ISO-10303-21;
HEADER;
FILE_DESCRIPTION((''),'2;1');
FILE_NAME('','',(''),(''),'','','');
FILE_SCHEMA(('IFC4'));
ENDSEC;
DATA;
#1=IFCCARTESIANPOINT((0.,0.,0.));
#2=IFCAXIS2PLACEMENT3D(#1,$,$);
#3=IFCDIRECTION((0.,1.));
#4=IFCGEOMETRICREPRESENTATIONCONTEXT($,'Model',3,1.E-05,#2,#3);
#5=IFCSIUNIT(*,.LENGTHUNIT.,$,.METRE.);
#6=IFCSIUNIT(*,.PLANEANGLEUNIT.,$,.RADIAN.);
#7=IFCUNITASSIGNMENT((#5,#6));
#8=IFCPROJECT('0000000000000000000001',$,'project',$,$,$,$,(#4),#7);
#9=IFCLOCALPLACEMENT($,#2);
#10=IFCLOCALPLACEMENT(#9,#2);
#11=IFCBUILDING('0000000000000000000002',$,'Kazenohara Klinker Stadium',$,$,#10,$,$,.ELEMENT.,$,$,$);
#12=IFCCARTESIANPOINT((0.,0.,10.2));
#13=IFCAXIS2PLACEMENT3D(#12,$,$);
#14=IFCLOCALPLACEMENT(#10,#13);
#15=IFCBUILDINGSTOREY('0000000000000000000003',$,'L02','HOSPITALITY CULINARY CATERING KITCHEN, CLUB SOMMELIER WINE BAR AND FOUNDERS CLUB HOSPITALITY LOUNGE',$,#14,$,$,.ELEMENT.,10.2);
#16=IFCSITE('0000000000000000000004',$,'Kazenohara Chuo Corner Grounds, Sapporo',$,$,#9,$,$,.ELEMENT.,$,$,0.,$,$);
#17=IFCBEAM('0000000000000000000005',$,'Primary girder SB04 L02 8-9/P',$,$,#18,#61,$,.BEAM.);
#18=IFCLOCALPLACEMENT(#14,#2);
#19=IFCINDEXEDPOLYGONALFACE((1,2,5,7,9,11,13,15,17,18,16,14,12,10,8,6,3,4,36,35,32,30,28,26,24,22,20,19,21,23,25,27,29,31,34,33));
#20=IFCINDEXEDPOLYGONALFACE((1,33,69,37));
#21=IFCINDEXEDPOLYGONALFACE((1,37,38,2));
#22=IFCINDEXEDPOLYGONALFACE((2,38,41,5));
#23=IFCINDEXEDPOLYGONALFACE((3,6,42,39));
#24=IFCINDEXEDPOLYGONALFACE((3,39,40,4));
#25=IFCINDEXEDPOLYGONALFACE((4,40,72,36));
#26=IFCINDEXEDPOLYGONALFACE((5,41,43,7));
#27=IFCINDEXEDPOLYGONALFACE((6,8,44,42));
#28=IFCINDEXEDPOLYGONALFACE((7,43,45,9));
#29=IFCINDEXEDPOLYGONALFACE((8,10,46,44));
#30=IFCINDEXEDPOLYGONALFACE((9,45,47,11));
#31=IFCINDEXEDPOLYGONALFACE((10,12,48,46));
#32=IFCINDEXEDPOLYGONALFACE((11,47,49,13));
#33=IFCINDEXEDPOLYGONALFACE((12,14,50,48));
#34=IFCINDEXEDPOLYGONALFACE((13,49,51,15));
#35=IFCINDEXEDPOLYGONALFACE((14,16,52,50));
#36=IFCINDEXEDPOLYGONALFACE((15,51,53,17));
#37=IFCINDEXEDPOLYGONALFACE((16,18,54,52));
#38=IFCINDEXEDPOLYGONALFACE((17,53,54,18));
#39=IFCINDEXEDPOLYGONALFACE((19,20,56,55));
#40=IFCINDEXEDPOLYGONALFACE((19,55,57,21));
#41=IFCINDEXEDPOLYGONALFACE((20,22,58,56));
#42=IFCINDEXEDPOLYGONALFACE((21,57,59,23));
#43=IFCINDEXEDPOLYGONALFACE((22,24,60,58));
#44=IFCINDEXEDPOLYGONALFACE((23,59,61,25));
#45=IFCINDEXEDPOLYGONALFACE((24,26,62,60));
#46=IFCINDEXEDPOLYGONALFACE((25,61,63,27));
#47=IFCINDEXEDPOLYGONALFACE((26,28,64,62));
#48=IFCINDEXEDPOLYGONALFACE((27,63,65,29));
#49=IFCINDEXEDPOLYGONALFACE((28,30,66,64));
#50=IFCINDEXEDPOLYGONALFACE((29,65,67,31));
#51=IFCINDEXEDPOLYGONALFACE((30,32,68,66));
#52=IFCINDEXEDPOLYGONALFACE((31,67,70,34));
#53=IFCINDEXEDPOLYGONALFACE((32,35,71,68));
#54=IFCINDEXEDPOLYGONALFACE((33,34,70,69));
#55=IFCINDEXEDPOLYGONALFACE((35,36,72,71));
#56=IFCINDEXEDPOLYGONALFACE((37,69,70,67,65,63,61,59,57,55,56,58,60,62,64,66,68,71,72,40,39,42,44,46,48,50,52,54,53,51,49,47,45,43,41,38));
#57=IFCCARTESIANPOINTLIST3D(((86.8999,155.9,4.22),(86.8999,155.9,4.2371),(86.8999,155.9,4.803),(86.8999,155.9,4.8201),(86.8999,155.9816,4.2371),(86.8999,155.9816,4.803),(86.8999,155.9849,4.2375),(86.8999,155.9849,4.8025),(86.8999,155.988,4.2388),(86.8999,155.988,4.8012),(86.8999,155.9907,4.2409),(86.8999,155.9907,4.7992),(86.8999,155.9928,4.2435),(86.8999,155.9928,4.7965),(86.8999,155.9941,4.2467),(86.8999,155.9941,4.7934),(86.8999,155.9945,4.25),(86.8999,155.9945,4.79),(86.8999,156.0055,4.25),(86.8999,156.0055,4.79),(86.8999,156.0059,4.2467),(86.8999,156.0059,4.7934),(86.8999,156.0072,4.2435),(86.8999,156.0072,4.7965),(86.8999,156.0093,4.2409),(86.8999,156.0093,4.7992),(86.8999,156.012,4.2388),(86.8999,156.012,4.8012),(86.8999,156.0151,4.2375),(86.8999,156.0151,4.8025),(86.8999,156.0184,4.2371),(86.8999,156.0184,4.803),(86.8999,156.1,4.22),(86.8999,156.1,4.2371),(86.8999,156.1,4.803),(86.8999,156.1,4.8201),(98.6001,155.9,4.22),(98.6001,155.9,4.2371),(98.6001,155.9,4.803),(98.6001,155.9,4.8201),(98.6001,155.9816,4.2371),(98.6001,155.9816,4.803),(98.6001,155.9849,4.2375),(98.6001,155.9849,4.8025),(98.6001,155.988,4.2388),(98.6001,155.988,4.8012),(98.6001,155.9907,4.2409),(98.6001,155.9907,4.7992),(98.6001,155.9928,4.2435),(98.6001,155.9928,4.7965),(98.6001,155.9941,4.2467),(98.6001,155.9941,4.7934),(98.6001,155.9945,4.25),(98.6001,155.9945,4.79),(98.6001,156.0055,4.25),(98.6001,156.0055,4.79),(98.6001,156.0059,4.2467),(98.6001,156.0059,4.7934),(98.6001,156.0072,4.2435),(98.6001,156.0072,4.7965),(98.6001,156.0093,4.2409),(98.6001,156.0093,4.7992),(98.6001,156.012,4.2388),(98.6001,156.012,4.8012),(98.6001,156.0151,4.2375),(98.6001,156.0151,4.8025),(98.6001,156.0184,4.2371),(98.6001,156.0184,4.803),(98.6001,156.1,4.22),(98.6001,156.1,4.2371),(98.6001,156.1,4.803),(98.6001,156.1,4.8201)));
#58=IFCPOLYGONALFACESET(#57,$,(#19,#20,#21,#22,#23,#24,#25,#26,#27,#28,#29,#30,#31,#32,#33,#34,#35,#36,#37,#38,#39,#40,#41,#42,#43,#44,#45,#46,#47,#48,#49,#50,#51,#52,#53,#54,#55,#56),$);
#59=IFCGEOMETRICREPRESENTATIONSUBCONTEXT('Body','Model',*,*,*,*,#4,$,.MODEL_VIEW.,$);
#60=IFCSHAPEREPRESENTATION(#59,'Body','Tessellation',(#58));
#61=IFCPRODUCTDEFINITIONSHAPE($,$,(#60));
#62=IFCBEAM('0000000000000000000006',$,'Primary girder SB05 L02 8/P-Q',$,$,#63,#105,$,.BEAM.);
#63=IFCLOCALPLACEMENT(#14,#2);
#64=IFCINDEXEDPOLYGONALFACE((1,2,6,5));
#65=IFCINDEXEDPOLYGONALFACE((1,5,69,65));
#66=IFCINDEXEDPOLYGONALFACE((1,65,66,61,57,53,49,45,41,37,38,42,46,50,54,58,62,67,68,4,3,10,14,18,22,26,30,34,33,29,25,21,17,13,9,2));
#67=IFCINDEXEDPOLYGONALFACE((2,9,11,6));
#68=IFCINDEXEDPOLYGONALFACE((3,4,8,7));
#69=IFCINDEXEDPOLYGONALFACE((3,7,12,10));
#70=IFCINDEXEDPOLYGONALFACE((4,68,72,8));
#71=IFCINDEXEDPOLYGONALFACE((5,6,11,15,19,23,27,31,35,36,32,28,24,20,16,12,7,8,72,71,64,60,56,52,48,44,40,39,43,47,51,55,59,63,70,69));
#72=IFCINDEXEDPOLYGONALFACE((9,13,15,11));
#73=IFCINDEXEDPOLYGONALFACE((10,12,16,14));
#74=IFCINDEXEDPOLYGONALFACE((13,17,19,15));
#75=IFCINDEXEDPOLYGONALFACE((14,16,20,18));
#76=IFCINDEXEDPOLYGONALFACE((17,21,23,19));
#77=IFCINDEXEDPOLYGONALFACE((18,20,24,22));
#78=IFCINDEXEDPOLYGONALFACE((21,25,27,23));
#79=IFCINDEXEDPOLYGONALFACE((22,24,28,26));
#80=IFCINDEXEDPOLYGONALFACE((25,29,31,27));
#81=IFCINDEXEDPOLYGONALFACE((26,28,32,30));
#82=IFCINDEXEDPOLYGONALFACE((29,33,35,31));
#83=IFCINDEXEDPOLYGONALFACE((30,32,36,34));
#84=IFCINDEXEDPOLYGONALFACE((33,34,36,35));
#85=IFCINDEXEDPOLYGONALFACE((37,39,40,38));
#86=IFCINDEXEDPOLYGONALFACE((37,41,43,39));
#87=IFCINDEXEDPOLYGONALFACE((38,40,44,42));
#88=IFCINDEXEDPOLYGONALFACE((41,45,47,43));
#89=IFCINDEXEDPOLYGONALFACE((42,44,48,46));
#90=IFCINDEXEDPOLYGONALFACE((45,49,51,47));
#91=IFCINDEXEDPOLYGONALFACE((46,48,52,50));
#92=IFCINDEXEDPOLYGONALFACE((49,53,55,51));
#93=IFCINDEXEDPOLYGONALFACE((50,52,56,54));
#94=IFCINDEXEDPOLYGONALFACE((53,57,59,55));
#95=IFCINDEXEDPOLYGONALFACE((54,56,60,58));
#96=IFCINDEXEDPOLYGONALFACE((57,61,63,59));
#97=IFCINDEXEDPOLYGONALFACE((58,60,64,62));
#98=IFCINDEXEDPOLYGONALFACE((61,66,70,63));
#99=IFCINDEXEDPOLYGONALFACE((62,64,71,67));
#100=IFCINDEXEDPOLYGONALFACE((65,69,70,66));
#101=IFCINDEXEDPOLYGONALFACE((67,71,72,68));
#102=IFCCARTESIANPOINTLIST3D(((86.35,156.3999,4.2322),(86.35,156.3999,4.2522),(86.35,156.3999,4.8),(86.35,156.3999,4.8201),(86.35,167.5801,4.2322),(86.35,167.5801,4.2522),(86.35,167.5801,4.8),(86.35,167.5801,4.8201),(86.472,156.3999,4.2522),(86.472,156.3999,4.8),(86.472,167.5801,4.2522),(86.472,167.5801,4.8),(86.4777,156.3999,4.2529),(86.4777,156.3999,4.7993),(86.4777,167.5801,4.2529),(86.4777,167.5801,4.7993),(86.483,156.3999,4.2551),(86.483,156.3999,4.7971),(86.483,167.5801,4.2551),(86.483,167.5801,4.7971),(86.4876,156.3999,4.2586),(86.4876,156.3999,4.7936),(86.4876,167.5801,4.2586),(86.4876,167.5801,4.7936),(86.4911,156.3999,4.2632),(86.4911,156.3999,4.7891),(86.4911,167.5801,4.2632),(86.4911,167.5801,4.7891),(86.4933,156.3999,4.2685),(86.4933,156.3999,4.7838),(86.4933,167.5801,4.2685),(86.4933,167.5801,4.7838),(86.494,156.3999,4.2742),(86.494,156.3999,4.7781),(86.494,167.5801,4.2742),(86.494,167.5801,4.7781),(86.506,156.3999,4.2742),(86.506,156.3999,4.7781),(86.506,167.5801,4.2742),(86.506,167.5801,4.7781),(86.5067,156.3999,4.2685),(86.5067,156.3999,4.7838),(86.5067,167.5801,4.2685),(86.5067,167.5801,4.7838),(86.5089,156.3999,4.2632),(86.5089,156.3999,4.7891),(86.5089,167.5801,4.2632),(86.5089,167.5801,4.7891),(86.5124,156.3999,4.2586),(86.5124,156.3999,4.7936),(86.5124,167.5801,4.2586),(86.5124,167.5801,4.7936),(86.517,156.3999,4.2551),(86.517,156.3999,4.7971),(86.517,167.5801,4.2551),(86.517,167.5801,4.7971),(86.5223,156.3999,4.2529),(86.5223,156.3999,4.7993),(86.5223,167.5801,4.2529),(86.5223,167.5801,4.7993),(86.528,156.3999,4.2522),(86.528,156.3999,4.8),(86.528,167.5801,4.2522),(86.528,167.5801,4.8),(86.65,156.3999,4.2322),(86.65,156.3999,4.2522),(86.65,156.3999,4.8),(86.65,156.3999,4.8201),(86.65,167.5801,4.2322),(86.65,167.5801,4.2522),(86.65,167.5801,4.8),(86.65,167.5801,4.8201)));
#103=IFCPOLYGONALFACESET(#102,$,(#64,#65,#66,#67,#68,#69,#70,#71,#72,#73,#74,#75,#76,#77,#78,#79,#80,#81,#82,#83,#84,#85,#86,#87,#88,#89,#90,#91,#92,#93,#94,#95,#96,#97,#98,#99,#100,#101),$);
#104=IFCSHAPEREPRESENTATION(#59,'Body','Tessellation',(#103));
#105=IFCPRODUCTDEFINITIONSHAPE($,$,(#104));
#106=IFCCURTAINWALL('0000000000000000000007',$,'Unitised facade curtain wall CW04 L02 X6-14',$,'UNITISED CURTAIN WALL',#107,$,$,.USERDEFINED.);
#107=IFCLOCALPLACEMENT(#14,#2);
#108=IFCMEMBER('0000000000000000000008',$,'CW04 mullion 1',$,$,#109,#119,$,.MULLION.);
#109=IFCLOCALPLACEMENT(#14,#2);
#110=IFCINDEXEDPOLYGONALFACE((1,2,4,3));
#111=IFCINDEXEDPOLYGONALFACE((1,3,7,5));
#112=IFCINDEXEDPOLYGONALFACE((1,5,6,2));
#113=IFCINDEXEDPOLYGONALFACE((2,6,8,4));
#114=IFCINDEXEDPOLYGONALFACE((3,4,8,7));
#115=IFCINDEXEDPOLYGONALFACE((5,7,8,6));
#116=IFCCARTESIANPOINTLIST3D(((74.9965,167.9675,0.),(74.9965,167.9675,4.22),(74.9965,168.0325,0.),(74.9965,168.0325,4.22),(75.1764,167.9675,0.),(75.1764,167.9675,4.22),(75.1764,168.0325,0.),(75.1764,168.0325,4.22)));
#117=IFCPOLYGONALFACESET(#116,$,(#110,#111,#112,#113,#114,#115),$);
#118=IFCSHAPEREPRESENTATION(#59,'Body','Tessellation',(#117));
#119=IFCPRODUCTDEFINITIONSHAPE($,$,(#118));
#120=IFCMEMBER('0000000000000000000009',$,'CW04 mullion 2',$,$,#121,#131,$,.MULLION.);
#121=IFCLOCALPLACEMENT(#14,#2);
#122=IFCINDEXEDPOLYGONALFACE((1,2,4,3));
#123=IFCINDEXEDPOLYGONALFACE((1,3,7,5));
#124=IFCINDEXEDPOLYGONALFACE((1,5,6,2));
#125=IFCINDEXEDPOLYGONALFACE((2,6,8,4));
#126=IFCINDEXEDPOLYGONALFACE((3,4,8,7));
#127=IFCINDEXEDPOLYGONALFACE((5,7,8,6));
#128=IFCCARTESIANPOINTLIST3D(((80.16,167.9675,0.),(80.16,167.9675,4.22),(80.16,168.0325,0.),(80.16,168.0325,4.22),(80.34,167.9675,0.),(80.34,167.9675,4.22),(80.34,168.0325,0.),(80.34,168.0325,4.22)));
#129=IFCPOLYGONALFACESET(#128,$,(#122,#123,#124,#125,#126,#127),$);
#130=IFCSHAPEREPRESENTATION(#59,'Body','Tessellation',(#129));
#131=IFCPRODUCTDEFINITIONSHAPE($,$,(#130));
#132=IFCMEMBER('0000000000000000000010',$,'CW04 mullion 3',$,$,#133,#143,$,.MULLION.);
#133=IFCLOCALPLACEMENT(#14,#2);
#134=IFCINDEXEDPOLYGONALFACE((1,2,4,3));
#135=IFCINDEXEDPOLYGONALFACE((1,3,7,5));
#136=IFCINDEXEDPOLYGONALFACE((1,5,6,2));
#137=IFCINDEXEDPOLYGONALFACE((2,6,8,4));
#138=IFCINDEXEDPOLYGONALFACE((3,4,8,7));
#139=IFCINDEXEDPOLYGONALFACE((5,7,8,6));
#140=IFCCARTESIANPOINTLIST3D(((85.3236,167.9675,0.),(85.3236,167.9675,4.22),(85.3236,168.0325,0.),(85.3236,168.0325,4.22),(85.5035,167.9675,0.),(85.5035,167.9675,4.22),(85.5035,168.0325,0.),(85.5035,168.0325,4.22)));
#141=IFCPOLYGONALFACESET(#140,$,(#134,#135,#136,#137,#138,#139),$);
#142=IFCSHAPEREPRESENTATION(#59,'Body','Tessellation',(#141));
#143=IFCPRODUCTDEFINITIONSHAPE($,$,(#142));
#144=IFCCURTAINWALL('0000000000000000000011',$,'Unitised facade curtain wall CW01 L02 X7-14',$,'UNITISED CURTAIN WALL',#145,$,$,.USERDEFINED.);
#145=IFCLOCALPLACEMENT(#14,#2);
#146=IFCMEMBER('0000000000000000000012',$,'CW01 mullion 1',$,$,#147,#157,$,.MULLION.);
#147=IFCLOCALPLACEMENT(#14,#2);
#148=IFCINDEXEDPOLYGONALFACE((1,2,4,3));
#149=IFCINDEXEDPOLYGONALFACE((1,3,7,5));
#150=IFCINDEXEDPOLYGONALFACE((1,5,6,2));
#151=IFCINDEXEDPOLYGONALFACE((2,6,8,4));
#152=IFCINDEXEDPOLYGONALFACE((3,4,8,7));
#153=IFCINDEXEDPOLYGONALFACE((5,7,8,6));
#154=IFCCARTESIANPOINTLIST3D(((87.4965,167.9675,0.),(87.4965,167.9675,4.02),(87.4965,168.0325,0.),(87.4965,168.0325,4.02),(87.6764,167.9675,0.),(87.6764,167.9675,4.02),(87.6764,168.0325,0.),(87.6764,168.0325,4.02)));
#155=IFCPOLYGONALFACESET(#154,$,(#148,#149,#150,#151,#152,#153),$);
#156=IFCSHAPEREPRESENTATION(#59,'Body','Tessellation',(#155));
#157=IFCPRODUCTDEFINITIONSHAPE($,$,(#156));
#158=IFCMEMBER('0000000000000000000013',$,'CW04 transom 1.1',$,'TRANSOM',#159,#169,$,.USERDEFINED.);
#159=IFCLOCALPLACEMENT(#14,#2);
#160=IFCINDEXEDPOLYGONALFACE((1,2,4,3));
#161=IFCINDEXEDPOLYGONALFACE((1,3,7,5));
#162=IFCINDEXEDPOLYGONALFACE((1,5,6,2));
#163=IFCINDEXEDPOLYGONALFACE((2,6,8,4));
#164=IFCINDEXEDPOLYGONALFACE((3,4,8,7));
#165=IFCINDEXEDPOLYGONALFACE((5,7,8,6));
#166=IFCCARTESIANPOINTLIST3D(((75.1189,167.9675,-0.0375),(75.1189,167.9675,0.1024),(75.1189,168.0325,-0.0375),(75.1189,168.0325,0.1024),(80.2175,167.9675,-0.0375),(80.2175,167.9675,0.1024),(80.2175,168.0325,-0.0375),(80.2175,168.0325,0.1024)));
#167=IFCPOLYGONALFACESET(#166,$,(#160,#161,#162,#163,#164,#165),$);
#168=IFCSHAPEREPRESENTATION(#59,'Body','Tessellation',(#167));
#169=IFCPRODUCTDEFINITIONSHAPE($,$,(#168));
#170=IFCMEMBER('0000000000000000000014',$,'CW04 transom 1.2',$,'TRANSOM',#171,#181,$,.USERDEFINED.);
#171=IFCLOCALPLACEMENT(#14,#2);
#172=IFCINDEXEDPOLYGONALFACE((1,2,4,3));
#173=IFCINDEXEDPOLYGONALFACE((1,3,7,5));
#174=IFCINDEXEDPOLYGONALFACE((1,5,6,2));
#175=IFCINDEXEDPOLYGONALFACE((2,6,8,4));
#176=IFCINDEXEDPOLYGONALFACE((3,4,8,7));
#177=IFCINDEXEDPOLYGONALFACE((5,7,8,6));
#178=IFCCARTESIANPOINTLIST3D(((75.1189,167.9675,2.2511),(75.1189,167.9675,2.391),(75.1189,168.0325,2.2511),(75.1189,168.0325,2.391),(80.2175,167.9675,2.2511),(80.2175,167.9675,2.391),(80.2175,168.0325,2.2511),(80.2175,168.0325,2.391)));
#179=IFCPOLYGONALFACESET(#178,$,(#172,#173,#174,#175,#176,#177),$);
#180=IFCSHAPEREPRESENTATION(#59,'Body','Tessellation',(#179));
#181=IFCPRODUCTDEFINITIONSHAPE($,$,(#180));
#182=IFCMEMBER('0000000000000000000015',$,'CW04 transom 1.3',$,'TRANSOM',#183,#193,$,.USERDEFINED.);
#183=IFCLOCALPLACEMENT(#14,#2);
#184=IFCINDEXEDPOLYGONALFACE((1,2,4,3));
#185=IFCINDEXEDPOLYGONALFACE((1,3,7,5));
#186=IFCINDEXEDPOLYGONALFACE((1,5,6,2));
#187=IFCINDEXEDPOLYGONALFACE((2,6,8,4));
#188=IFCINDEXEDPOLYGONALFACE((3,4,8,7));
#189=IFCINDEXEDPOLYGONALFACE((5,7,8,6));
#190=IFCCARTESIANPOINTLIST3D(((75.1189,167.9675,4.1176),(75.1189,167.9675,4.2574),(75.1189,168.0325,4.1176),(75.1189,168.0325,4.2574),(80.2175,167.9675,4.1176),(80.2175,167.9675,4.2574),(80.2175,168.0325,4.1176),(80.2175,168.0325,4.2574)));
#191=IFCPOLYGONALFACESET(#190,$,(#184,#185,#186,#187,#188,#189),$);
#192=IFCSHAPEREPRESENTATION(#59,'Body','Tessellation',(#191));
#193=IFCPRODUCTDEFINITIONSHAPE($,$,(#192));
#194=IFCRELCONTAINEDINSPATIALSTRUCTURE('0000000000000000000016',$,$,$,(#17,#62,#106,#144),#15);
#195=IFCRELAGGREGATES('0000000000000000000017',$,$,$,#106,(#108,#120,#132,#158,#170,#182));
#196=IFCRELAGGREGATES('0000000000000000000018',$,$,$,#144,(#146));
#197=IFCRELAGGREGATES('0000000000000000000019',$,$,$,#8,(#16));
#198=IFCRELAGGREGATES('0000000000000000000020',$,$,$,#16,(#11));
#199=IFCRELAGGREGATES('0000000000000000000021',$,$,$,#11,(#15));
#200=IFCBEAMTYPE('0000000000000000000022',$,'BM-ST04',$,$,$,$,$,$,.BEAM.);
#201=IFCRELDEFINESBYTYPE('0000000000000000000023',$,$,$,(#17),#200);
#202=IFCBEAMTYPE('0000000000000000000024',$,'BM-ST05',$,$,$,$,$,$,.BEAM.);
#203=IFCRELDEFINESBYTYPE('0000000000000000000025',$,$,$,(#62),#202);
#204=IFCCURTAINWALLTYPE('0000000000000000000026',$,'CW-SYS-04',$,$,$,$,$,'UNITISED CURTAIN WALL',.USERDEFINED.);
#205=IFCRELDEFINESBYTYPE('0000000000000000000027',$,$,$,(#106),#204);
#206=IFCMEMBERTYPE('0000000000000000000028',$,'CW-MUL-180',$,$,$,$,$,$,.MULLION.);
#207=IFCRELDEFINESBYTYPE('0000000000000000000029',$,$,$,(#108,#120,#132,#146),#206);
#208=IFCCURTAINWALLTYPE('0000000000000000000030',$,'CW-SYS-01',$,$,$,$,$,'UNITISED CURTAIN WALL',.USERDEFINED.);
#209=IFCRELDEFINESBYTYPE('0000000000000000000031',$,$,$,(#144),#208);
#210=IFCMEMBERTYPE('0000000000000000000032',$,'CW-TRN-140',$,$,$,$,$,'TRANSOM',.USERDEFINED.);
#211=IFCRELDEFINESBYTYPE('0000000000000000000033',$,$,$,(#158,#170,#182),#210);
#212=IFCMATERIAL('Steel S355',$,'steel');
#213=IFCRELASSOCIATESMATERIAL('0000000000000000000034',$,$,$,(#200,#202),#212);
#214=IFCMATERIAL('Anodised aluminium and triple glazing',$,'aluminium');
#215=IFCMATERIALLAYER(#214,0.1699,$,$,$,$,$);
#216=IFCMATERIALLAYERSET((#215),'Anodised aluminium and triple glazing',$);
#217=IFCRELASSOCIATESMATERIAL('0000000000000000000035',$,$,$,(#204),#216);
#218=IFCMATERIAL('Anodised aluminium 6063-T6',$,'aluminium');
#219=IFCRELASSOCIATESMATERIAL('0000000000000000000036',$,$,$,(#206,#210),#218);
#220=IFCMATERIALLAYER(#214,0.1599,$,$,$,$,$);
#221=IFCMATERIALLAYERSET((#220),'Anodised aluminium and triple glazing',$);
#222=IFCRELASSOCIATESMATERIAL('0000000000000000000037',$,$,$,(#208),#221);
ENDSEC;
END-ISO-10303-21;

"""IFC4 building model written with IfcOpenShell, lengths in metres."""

from ifc_helpers import new_model, si_unit, direction, frame, origin, origin_2d, place, context, subcontext, project, spatial, rectangle, i_section, extrude, material, layer, layer_set, material_profile, profile_set, type_object, element, aggregate, save


model = new_model("IFC4")

# Units and contexts
model_context = context("Model", 3, precision=1e-05, world=origin(), true_north=direction((0.0, 1.0)))
body_context = subcontext(model_context, "Body", "Model", "MODEL_VIEW")
ifc_project = project(units=[si_unit("LENGTHUNIT", "METRE"), si_unit("PLANEANGLEUNIT", "RADIAN")], contexts=[model_context])

# Site, building, storey
site_placement = place(None, origin())
site = spatial("IfcSite", under=ifc_project, at=site_placement, Name="Kazenohara Chuo Corner Grounds, Sapporo", CompositionType="ELEMENT", RefElevation=0.0)
building_placement = place(site_placement, origin())
building = spatial("IfcBuilding", under=site, at=building_placement, Name="Kazenohara Klinker Stadium", CompositionType="ELEMENT")
storey_placement = place(building_placement, frame((0.0, 0.0, 10.2)))
storey = spatial("IfcBuildingStorey", under=building, at=storey_placement, Name="L02", Description="HOSPITALITY CULINARY CATERING KITCHEN, CLUB SOMMELIER WINE BAR AND FOUNDERS CLUB HOSPITALITY LOUNGE", CompositionType="ELEMENT", Elevation=10.2)

# Beams
ifc_material_1 = material(Name="Steel S355", Category="steel")
ifc_material_profile_1 = material_profile(ifc_material_1, i_section(OverallWidth=0.2, OverallDepth=0.6001, WebThickness=0.011, FlangeThickness=0.0171, FilletRadius=0.0129, at=origin_2d()), Name="H-600x200x11x17")
ifc_profile_set_1 = profile_set([ifc_material_profile_1], Name="Steel S355")
beam_type_1 = type_object("IfcBeamType", Name="BM-ST04", PredefinedType="BEAM", material=ifc_profile_set_1)
for number, where, z_axis, x_axis, name in (
    (1, (86.8999, 156.0, 4.52), (1.0, 0.0, 0.0), (0.0, 1.0, 0.0), "Primary girder SB04 L02 8-9/P"),
):
    element("IfcBeam", number, at=place(storey_placement, frame(where, z_axis=z_axis, x_axis=x_axis)), inside=storey, type_object=beam_type_1, Name=name, PredefinedType="BEAM", context=body_context, shape_type="SweptSolid", body=[
        extrude(i_section(OverallWidth=0.2, OverallDepth=0.6001, WebThickness=0.011, FlangeThickness=0.0171, FilletRadius=0.0129, at=origin_2d()), origin(), (0.0, 0.0, 1.0), 11.7002),
    ])
ifc_material_profile_2 = material_profile(ifc_material_1, i_section(OverallWidth=0.3, OverallDepth=0.5879, WebThickness=0.012, FlangeThickness=0.02, FilletRadius=0.022, at=origin_2d()), Name="H-588x300x12x20")
ifc_profile_set_2 = profile_set([ifc_material_profile_2], Name="Steel S355")
beam_type_2 = type_object("IfcBeamType", Name="BM-ST05", PredefinedType="BEAM", material=ifc_profile_set_2)
beam_1_placement = place(storey_placement, frame((86.5, 156.3999, 4.5261), z_axis=(0.0, 1.0, 0.0), x_axis=(-1.0, 0.0, 0.0)))
element("IfcBeam", 2, at=beam_1_placement, inside=storey, type_object=beam_type_2, Name="Primary girder SB05 L02 8/P-Q", PredefinedType="BEAM", context=body_context, shape_type="SweptSolid", body=[
    extrude(i_section(OverallWidth=0.3, OverallDepth=0.5879, WebThickness=0.012, FlangeThickness=0.02, FilletRadius=0.022, at=origin_2d()), origin(), (0.0, 0.0, 1.0), 11.1802),
])

# Curtain wall, members
ifc_material_2 = material(Name="Anodised aluminium and triple glazing", Category="aluminium")
ifc_layer_1 = layer(ifc_material_2, 0.1699)
ifc_layer_set_1 = layer_set([ifc_layer_1], Name="Anodised aluminium and triple glazing")
curtain_wall_type_1 = type_object("IfcCurtainWallType", Name="CW-SYS-04", ElementType="UNITISED CURTAIN WALL", PredefinedType="USERDEFINED", material=ifc_layer_set_1)
curtain_wall_1_placement = place(storey_placement, origin())
curtain_wall_1 = element("IfcCurtainWall", 3, at=curtain_wall_1_placement, inside=storey, type_object=curtain_wall_type_1, Name="Unitised facade curtain wall CW04 L02 X6-14", ObjectType="UNITISED CURTAIN WALL", PredefinedType="USERDEFINED")
ifc_material_3 = material(Name="Anodised aluminium 6063-T6", Category="aluminium")
ifc_material_profile_3 = material_profile(ifc_material_3, rectangle(XDim=0.0649, YDim=0.1799, at=origin_2d()), Name="ALU-MUL-65x180")
ifc_profile_set_3 = profile_set([ifc_material_profile_3], Name="Anodised aluminium 6063-T6")
member_type_1 = type_object("IfcMemberType", Name="CW-MUL-180", PredefinedType="MULLION", material=ifc_profile_set_3)
member_1_placement = place(storey_placement, frame((75.0864, 168.0, 0.0), z_axis=(0.0, 0.0, 1.0), x_axis=(0.0, 1.0, 0.0)))
member_1 = element("IfcMember", 4, at=member_1_placement, type_object=member_type_1, Name="CW04 mullion 1", PredefinedType="MULLION", context=body_context, shape_type="SweptSolid", body=[
    extrude(rectangle(XDim=0.0649, YDim=0.1799, at=origin_2d()), origin(), (0.0, 0.0, 1.0), 4.22),
])
member_2_placement = place(storey_placement, frame((80.25, 168.0, 0.0), z_axis=(0.0, 0.0, 1.0), x_axis=(0.0, 1.0, 0.0)))
member_2 = element("IfcMember", 5, at=member_2_placement, type_object=member_type_1, Name="CW04 mullion 2", PredefinedType="MULLION", context=body_context, shape_type="SweptSolid", body=[
    extrude(rectangle(XDim=0.0649, YDim=0.1799, at=origin_2d()), origin(), (0.0, 0.0, 1.0), 4.22),
])
member_3_placement = place(storey_placement, frame((85.4136, 168.0, 0.0), z_axis=(0.0, 0.0, 1.0), x_axis=(0.0, 1.0, 0.0)))
member_3 = element("IfcMember", 6, at=member_3_placement, type_object=member_type_1, Name="CW04 mullion 3", PredefinedType="MULLION", context=body_context, shape_type="SweptSolid", body=[
    extrude(rectangle(XDim=0.0649, YDim=0.1799, at=origin_2d()), origin(), (0.0, 0.0, 1.0), 4.22),
])

# Curtain wall, member
ifc_layer_2 = layer(ifc_material_2, 0.1599)
ifc_layer_set_2 = layer_set([ifc_layer_2], Name="Anodised aluminium and triple glazing")
curtain_wall_type_2 = type_object("IfcCurtainWallType", Name="CW-SYS-01", ElementType="UNITISED CURTAIN WALL", PredefinedType="USERDEFINED", material=ifc_layer_set_2)
curtain_wall_2_placement = place(storey_placement, origin())
curtain_wall_2 = element("IfcCurtainWall", 7, at=curtain_wall_2_placement, inside=storey, type_object=curtain_wall_type_2, Name="Unitised facade curtain wall CW01 L02 X7-14", ObjectType="UNITISED CURTAIN WALL", PredefinedType="USERDEFINED")
member_4_placement = place(storey_placement, frame((87.5864, 168.0, 0.0), z_axis=(0.0, 0.0, 1.0), x_axis=(0.0, 1.0, 0.0)))
member_4 = element("IfcMember", 8, at=member_4_placement, type_object=member_type_1, Name="CW01 mullion 1", PredefinedType="MULLION", context=body_context, shape_type="SweptSolid", body=[
    extrude(rectangle(XDim=0.0649, YDim=0.1799, at=origin_2d()), origin(), (0.0, 0.0, 1.0), 4.02),
])

# Members
ifc_material_profile_4 = material_profile(ifc_material_3, rectangle(XDim=0.0649, YDim=0.1399, at=origin_2d()), Name="ALU-TRN-65x140")
ifc_profile_set_4 = profile_set([ifc_material_profile_4], Name="Anodised aluminium 6063-T6")
member_type_2 = type_object("IfcMemberType", Name="CW-TRN-140", ElementType="TRANSOM", PredefinedType="USERDEFINED", material=ifc_profile_set_4)
member_5_placement = place(storey_placement, frame((75.1189, 168.0, 0.0325), z_axis=(1.0, 0.0, 0.0), x_axis=(0.0, 1.0, 0.0)))
member_5 = element("IfcMember", 9, at=member_5_placement, type_object=member_type_2, Name="CW04 transom 1.1", ObjectType="TRANSOM", PredefinedType="USERDEFINED", context=body_context, shape_type="SweptSolid", body=[
    extrude(rectangle(XDim=0.0649, YDim=0.1399, at=origin_2d()), origin(), (0.0, 0.0, 1.0), 5.0986),
])
member_6_placement = place(storey_placement, frame((75.1189, 168.0, 2.321), z_axis=(1.0, 0.0, 0.0), x_axis=(0.0, 1.0, 0.0)))
member_6 = element("IfcMember", 10, at=member_6_placement, type_object=member_type_2, Name="CW04 transom 1.2", ObjectType="TRANSOM", PredefinedType="USERDEFINED", context=body_context, shape_type="SweptSolid", body=[
    extrude(rectangle(XDim=0.0649, YDim=0.1399, at=origin_2d()), origin(), (0.0, 0.0, 1.0), 5.0986),
])
member_7_placement = place(storey_placement, frame((75.1189, 168.0, 4.1875), z_axis=(1.0, 0.0, 0.0), x_axis=(0.0, 1.0, 0.0)))
member_7 = element("IfcMember", 11, at=member_7_placement, type_object=member_type_2, Name="CW04 transom 1.3", ObjectType="TRANSOM", PredefinedType="USERDEFINED", context=body_context, shape_type="SweptSolid", body=[
    extrude(rectangle(XDim=0.0649, YDim=0.1399, at=origin_2d()), origin(), (0.0, 0.0, 1.0), 5.0986),
])

aggregate(curtain_wall_1, [member_1, member_2, member_3, member_5, member_6, member_7])
aggregate(curtain_wall_2, [member_4])

save(model, "model.ifc")
